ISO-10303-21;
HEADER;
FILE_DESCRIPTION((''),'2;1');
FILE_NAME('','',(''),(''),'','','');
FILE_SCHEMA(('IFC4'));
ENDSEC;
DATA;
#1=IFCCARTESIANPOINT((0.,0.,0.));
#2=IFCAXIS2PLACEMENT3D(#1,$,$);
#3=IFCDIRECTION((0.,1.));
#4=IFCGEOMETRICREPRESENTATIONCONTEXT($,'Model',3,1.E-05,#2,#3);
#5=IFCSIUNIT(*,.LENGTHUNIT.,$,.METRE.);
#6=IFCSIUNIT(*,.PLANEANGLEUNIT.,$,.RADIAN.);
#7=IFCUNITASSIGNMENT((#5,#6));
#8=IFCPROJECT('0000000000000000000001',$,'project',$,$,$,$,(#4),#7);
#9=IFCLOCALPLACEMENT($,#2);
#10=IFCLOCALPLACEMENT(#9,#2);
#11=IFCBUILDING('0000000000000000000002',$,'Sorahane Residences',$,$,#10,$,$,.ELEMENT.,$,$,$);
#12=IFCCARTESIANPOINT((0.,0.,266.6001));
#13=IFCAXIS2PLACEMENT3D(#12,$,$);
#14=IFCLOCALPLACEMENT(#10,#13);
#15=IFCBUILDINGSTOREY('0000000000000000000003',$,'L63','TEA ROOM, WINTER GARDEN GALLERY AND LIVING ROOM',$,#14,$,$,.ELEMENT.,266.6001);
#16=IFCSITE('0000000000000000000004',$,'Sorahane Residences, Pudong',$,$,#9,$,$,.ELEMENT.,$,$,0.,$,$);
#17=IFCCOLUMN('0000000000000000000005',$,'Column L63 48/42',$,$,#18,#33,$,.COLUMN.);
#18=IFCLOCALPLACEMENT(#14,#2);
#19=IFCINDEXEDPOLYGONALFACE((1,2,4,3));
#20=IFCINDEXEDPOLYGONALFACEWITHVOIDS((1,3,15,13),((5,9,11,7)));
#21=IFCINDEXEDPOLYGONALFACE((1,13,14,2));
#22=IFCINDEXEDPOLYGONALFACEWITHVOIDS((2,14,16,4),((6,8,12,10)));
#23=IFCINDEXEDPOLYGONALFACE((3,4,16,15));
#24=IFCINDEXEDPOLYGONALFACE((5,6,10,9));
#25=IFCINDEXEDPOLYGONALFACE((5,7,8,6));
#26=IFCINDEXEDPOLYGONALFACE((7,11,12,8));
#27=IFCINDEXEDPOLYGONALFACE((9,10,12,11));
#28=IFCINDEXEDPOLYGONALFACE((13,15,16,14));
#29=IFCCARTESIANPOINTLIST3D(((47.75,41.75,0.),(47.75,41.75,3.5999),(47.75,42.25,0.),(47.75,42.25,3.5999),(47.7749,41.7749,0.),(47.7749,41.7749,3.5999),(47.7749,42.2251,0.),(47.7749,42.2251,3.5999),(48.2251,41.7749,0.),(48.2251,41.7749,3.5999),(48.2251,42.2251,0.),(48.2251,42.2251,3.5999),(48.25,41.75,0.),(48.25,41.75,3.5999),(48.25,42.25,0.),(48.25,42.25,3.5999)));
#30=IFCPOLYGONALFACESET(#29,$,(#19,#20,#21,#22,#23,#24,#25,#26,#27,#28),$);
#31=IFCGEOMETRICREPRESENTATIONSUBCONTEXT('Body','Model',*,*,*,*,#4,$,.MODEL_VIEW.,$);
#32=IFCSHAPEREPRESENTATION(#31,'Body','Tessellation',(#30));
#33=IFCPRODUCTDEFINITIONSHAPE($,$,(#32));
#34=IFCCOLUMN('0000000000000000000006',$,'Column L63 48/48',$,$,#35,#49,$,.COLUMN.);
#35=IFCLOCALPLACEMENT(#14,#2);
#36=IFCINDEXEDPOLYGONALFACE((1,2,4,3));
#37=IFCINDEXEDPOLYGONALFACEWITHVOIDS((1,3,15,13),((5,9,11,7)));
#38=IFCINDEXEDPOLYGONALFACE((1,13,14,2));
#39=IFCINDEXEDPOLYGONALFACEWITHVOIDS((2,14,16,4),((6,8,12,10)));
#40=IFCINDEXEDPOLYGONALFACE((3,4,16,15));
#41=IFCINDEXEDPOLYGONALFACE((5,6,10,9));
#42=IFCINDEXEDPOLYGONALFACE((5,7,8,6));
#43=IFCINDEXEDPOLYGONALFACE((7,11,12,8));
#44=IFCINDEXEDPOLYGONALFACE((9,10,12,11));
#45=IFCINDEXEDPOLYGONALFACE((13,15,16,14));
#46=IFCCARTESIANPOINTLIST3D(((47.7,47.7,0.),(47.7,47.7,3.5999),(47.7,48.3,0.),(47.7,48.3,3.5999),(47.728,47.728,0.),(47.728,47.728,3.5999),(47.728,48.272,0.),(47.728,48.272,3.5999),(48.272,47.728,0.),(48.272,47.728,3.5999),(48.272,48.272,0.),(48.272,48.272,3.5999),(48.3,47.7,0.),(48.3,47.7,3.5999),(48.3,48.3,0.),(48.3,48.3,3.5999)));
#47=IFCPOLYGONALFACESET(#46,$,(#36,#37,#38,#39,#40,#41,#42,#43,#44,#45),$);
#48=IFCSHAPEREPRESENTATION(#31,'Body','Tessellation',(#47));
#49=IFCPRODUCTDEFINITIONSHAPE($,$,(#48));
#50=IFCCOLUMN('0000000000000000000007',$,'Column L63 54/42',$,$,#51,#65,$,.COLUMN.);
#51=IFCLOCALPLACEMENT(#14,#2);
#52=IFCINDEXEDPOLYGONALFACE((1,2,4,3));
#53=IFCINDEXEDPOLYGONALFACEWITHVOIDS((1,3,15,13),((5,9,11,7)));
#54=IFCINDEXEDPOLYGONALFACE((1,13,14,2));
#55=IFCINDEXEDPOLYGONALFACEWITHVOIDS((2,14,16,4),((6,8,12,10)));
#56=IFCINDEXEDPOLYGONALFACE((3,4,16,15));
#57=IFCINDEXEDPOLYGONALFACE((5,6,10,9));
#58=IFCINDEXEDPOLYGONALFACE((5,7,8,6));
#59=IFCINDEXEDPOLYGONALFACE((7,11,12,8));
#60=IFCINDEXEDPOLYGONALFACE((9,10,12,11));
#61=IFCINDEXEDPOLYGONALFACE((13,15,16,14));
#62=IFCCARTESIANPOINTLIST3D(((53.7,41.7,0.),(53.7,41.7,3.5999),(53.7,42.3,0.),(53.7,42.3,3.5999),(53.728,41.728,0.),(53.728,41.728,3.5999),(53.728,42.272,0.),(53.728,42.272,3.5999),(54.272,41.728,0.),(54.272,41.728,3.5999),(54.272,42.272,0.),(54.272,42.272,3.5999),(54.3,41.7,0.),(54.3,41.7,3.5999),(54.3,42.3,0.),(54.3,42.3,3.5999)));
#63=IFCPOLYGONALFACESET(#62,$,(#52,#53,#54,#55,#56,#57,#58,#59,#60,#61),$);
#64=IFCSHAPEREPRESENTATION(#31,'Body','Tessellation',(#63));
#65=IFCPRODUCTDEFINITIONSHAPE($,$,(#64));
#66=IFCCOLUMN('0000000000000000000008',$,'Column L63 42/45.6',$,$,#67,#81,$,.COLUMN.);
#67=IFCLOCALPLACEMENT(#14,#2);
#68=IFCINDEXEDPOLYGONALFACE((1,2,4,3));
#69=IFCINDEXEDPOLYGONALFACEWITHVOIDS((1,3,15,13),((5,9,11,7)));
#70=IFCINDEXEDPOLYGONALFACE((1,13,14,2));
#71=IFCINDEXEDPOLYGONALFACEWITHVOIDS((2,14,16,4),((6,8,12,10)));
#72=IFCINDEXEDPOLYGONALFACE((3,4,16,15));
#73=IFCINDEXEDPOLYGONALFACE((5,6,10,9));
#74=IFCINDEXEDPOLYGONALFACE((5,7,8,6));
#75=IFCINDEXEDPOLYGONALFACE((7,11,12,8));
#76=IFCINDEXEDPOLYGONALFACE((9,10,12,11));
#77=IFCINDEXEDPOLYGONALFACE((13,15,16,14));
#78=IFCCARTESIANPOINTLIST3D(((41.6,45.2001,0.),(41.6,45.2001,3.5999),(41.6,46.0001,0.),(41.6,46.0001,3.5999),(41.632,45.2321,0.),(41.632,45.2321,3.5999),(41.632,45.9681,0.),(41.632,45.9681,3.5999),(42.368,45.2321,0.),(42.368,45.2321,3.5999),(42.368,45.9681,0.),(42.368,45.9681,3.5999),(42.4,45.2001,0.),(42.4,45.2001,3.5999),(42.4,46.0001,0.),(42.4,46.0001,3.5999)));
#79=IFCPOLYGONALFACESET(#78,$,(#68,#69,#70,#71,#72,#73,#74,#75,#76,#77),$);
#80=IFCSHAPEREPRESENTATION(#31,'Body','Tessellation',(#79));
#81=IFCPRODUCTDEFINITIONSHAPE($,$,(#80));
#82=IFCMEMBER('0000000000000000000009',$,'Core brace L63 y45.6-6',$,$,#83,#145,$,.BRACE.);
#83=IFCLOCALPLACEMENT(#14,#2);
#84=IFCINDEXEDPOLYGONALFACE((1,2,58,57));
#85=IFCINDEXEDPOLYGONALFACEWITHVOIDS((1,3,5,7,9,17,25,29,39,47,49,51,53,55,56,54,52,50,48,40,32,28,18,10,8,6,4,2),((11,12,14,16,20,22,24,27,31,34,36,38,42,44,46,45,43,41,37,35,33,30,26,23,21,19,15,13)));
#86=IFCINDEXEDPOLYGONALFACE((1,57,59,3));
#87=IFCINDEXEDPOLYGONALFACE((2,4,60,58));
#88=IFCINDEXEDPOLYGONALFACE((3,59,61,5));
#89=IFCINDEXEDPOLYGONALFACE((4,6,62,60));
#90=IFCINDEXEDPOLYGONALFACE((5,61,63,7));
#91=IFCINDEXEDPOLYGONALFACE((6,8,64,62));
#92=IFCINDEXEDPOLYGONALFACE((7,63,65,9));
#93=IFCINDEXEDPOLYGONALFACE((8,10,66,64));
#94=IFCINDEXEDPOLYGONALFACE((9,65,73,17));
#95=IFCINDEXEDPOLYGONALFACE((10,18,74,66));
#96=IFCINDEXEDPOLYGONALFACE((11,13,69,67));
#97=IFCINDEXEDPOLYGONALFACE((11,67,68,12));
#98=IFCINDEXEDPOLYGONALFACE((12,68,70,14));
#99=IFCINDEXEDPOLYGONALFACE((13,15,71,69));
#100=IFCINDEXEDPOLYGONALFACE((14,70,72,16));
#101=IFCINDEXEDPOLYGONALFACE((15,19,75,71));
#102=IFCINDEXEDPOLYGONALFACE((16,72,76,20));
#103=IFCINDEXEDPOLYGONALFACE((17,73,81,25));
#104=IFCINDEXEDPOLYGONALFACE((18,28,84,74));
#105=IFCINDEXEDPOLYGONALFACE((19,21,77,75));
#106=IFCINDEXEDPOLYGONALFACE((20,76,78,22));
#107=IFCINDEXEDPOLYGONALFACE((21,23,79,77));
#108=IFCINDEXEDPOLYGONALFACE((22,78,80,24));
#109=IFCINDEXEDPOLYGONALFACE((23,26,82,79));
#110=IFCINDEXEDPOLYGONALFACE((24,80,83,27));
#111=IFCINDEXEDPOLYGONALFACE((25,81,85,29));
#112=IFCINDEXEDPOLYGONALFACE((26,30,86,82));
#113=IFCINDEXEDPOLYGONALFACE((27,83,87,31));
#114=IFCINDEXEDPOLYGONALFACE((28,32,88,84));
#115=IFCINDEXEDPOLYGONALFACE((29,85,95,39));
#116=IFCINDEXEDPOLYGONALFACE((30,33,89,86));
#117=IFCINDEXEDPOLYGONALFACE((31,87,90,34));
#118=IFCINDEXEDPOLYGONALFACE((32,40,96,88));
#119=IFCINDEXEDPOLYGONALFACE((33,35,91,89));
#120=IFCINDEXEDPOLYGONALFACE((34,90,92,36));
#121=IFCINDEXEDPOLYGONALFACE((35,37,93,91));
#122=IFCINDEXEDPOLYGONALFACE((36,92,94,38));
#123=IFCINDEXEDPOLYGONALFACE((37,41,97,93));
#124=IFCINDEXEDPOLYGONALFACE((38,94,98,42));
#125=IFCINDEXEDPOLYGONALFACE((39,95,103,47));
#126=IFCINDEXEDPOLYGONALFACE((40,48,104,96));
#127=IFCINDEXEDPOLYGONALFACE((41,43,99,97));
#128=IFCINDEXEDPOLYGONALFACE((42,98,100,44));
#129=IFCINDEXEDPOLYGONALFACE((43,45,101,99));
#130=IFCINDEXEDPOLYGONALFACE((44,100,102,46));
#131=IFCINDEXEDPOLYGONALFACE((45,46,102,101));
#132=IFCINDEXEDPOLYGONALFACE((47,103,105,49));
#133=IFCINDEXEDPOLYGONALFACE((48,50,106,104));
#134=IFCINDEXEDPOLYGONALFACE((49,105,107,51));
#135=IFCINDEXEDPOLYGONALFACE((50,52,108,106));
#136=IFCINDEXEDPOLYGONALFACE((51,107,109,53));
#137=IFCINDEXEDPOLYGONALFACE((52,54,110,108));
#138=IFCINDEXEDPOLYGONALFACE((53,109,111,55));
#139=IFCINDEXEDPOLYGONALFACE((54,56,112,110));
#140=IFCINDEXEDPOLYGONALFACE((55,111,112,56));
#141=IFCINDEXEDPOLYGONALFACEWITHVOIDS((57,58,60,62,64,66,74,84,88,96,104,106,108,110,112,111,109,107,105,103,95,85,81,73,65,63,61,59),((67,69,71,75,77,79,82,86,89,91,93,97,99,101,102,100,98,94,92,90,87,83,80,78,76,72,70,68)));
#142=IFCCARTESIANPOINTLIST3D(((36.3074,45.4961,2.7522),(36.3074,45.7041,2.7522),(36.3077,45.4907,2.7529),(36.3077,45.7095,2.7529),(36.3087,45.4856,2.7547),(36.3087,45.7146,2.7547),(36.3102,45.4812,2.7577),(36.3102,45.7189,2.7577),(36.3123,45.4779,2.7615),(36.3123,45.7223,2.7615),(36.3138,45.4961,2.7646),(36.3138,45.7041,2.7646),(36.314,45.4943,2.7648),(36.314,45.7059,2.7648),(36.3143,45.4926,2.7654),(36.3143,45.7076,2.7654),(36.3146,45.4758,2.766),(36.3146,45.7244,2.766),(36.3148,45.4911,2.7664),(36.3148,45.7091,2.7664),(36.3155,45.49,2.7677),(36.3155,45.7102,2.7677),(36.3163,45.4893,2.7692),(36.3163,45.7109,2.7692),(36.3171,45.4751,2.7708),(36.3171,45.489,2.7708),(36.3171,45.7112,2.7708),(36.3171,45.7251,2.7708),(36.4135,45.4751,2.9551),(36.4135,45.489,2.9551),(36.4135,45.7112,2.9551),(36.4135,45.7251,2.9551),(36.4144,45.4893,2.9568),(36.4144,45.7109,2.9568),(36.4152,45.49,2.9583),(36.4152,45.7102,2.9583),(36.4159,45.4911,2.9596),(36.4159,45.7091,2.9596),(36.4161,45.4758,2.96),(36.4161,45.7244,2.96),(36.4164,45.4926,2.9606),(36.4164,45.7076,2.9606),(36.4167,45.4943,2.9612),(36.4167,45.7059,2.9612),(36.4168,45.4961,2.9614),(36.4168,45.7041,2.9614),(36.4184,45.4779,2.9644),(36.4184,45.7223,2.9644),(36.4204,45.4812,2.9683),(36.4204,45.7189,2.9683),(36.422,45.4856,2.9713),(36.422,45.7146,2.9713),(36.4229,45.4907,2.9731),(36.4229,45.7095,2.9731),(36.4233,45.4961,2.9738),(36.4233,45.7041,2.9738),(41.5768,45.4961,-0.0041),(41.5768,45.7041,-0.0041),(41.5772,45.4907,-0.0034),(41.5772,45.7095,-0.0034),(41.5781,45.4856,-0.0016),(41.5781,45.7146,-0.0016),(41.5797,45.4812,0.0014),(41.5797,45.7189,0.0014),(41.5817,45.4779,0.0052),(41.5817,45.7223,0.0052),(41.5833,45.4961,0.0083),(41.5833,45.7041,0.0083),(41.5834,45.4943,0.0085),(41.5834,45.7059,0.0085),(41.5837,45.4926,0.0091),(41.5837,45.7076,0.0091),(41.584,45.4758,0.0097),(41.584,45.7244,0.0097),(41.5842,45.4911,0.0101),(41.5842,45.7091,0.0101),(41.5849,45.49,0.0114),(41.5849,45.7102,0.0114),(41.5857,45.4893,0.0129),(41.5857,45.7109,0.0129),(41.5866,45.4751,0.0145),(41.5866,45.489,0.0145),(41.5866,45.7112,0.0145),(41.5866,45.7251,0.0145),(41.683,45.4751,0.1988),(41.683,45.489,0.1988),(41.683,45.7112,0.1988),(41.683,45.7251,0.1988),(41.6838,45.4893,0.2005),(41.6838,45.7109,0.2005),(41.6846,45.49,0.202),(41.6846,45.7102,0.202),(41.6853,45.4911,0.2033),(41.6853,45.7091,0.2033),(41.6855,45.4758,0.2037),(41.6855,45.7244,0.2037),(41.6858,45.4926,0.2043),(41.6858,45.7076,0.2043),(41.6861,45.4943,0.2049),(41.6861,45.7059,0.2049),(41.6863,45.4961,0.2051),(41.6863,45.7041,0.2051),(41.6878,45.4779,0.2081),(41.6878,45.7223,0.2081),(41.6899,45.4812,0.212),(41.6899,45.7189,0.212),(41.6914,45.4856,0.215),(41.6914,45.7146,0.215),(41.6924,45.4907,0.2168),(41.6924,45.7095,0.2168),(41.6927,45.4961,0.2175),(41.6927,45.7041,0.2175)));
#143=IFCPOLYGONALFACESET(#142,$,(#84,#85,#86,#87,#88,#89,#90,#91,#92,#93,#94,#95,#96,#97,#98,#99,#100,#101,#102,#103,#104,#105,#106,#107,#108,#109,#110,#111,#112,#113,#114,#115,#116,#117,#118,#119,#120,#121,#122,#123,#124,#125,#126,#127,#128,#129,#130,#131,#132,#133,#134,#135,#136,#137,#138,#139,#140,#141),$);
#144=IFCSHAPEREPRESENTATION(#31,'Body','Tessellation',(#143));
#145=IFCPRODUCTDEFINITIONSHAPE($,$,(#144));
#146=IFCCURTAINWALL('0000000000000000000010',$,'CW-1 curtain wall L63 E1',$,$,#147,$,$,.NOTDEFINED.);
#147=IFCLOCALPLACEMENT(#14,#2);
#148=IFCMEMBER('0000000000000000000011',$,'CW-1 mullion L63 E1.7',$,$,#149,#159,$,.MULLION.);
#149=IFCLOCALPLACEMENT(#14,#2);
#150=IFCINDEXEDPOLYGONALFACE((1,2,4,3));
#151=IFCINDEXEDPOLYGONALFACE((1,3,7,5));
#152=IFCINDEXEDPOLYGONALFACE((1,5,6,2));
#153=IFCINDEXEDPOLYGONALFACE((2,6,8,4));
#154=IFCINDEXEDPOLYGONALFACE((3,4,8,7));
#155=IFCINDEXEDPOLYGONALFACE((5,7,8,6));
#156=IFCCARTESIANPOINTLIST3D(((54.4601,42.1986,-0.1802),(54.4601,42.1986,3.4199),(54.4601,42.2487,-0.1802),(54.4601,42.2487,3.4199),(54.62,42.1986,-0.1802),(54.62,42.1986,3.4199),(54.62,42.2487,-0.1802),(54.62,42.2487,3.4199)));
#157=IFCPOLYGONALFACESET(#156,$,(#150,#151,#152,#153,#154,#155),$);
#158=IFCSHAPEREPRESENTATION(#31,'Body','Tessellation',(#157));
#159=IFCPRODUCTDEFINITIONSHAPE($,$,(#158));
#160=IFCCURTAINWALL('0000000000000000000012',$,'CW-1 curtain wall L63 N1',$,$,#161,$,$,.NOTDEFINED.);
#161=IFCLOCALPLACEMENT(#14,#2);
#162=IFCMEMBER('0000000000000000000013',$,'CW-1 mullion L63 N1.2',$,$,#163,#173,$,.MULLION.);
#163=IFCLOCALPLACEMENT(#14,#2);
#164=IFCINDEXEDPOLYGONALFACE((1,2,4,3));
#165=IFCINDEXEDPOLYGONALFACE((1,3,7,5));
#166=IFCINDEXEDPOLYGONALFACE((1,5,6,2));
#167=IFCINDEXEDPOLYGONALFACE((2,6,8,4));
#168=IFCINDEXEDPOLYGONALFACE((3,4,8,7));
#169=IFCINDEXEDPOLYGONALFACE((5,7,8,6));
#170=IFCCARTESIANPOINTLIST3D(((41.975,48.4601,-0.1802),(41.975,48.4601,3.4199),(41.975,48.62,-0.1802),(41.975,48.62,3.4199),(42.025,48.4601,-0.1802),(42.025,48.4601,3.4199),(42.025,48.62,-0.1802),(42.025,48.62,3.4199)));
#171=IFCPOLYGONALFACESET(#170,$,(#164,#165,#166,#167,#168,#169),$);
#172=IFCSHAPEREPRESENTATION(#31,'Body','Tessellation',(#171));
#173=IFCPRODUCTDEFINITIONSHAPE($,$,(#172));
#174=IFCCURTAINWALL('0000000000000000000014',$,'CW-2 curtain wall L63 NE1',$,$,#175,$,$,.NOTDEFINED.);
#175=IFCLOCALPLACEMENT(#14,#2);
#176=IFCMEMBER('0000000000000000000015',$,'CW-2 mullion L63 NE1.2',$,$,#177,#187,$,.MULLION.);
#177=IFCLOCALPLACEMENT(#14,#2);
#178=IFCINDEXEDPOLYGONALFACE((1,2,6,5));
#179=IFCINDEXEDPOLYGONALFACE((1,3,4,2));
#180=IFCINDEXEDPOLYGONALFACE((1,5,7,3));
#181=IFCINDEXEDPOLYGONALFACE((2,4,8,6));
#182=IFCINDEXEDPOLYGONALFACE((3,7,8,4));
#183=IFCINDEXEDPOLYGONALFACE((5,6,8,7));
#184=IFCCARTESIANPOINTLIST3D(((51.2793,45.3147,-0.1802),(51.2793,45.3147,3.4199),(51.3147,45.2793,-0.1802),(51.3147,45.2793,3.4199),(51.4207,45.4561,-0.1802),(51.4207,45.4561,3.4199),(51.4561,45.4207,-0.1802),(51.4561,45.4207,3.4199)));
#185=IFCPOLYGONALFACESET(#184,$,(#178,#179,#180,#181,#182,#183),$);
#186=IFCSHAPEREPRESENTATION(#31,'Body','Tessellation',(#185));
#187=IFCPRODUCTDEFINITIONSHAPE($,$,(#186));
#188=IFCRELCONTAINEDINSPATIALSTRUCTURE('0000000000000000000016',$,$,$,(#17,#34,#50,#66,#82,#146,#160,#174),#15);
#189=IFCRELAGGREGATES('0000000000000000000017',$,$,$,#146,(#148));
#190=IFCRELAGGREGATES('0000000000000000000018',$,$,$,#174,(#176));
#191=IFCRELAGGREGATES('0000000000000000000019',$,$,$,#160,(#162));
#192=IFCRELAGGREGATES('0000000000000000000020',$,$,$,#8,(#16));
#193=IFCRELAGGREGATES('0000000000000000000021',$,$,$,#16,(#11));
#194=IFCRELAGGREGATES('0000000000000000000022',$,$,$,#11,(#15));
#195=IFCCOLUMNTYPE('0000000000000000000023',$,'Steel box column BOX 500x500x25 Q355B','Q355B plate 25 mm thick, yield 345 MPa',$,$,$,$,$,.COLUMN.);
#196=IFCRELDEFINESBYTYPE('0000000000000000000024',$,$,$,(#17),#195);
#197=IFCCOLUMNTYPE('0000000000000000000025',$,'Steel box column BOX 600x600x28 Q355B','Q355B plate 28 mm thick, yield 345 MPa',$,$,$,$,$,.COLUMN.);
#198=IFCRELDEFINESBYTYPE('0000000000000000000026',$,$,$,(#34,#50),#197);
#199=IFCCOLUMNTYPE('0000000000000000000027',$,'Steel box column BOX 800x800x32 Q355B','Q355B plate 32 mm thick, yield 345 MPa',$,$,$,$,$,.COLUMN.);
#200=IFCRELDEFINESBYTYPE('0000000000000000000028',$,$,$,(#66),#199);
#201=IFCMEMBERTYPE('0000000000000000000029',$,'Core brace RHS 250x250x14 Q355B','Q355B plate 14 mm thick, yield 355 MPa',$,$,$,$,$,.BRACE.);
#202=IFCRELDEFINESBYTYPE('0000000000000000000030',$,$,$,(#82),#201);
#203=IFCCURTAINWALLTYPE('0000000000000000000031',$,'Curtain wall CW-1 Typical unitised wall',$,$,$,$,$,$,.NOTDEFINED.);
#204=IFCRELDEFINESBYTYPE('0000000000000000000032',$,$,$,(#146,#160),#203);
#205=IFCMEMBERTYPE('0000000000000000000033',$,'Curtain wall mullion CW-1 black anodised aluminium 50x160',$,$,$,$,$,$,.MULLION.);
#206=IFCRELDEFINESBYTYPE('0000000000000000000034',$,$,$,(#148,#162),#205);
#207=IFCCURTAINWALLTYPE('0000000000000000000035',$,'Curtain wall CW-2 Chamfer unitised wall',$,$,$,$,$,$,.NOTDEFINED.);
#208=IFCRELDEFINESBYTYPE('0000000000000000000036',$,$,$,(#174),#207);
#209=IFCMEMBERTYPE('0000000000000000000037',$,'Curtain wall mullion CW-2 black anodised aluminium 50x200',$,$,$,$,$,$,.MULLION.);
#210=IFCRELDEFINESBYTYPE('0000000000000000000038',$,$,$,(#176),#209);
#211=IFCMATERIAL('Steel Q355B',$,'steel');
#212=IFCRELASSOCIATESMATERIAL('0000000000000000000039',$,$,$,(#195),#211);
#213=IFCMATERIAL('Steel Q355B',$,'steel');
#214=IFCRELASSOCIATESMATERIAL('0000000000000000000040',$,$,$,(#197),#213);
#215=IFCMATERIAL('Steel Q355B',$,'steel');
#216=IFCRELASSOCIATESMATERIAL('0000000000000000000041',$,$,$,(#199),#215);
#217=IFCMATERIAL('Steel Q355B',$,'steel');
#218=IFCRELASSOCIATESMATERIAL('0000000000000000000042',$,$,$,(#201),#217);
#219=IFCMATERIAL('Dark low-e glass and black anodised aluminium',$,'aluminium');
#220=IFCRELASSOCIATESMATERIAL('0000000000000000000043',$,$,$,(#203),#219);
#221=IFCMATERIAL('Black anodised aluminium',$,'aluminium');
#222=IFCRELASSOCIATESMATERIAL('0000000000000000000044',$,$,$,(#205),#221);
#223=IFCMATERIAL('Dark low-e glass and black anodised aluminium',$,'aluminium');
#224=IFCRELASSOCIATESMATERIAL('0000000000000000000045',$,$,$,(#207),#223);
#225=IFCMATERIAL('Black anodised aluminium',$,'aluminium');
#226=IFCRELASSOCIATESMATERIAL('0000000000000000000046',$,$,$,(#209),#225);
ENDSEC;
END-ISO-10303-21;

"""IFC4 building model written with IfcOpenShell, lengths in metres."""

from ifc_helpers import new_model, si_unit, direction, frame, origin, origin_2d, place, context, subcontext, project, spatial, rectangle, hollow_rectangle, extrude, material, material_profile, profile_set, type_object, element, aggregate, save


model = new_model("IFC4")

# Units and contexts
model_context = context("Model", 3, precision=1e-05, world=origin(), true_north=direction((0.0, 1.0)))
body_context = subcontext(model_context, "Body", "Model", "MODEL_VIEW")
ifc_project = project(units=[si_unit("LENGTHUNIT", "METRE"), si_unit("PLANEANGLEUNIT", "RADIAN")], contexts=[model_context])

# Site, building, storey
site_placement = place(None, origin())
site = spatial("IfcSite", under=ifc_project, at=site_placement, Name="Sorahane Residences, Pudong", CompositionType="ELEMENT", RefElevation=0.0)
building_placement = place(site_placement, origin())
building = spatial("IfcBuilding", under=site, at=building_placement, Name="Sorahane Residences", CompositionType="ELEMENT")
storey_placement = place(building_placement, frame((0.0, 0.0, 266.6001)))
storey = spatial("IfcBuildingStorey", under=building, at=storey_placement, Name="L63", Description="TEA ROOM, WINTER GARDEN GALLERY AND LIVING ROOM", CompositionType="ELEMENT", Elevation=266.6001)

# Columns
ifc_material_1 = material(Name="Steel Q355B", Category="steel")
ifc_material_profile_1 = material_profile(ifc_material_1, hollow_rectangle(XDim=0.5, YDim=0.5, WallThickness=0.0249, at=origin_2d()), Name="BOX 500x500x25")
ifc_profile_set_1 = profile_set([ifc_material_profile_1], Name="Steel Q355B")
column_type_1 = type_object("IfcColumnType", Name="Steel box column BOX 500x500x25 Q355B", Description="Q355B plate 25 mm thick, yield 345 MPa", PredefinedType="COLUMN", material=ifc_profile_set_1)
column_1_placement = place(storey_placement, frame((48.0, 42.0, 0.0), z_axis=(0.0, 0.0, 1.0), x_axis=(1.0, 0.0, 0.0)))
element("IfcColumn", 1, at=column_1_placement, inside=storey, type_object=column_type_1, Name="Column L63 48/42", PredefinedType="COLUMN", context=body_context, shape_type="SweptSolid", body=[
    extrude(hollow_rectangle(XDim=0.5, YDim=0.5, WallThickness=0.0249, at=origin_2d()), origin(), (0.0, 0.0, 1.0), 3.5999),
])
ifc_material_2 = material(Name="Steel Q355B", Category="steel")
ifc_material_profile_2 = material_profile(ifc_material_2, hollow_rectangle(XDim=0.6001, YDim=0.6001, WallThickness=0.0281, at=origin_2d()), Name="BOX 600x600x28")
ifc_profile_set_2 = profile_set([ifc_material_profile_2], Name="Steel Q355B")
column_type_2 = type_object("IfcColumnType", Name="Steel box column BOX 600x600x28 Q355B", Description="Q355B plate 28 mm thick, yield 345 MPa", PredefinedType="COLUMN", material=ifc_profile_set_2)
for number, where, z_axis, x_axis, name in (
    (2, (48.0, 48.0, 0.0), (0.0, 0.0, 1.0), (1.0, 0.0, 0.0), "Column L63 48/48"),
    (3, (54.0, 42.0, 0.0), (0.0, 0.0, 1.0), (1.0, 0.0, 0.0), "Column L63 54/42"),
):
    element("IfcColumn", number, at=place(storey_placement, frame(where, z_axis=z_axis, x_axis=x_axis)), inside=storey, type_object=column_type_2, Name=name, PredefinedType="COLUMN", context=body_context, shape_type="SweptSolid", body=[
        extrude(hollow_rectangle(XDim=0.6001, YDim=0.6001, WallThickness=0.0281, at=origin_2d()), origin(), (0.0, 0.0, 1.0), 3.5999),
    ])
ifc_material_3 = material(Name="Steel Q355B", Category="steel")
ifc_material_profile_3 = material_profile(ifc_material_3, hollow_rectangle(XDim=0.8, YDim=0.8, WallThickness=0.032, at=origin_2d()), Name="BOX 800x800x32")
ifc_profile_set_3 = profile_set([ifc_material_profile_3], Name="Steel Q355B")
column_type_3 = type_object("IfcColumnType", Name="Steel box column BOX 800x800x32 Q355B", Description="Q355B plate 32 mm thick, yield 345 MPa", PredefinedType="COLUMN", material=ifc_profile_set_3)
column_2_placement = place(storey_placement, frame((42.0, 45.6001, 0.0), z_axis=(0.0, 0.0, 1.0), x_axis=(1.0, 0.0, 0.0)))
element("IfcColumn", 4, at=column_2_placement, inside=storey, type_object=column_type_3, Name="Column L63 42/45.6", PredefinedType="COLUMN", context=body_context, shape_type="SweptSolid", body=[
    extrude(hollow_rectangle(XDim=0.8, YDim=0.8, WallThickness=0.032, at=origin_2d()), origin(), (0.0, 0.0, 1.0), 3.5999),
])

# Member
ifc_material_4 = material(Name="Steel Q355B", Category="steel")
ifc_material_profile_4 = material_profile(ifc_material_4, hollow_rectangle(XDim=0.25, YDim=0.25, WallThickness=0.0139, InnerFilletRadius=0.0071, OuterFilletRadius=0.021, at=origin_2d()), Name="RHS 250x250x14")
ifc_profile_set_4 = profile_set([ifc_material_profile_4], Name="Steel Q355B")
member_type_1 = type_object("IfcMemberType", Name="Core brace RHS 250x250x14 Q355B", Description="Q355B plate 14 mm thick, yield 355 MPa", PredefinedType="BRACE", material=ifc_profile_set_4)
member_1_placement = place(storey_placement, frame((41.6348, 45.6001, 0.1067), z_axis=(-0.8861, 0.0, 0.463495), x_axis=(0.0, -1.0, 0.0)))
element("IfcMember", 5, at=member_1_placement, inside=storey, type_object=member_type_1, Name="Core brace L63 y45.6-6", PredefinedType="BRACE", context=body_context, shape_type="SweptSolid", body=[
    extrude(hollow_rectangle(XDim=0.25, YDim=0.25, WallThickness=0.0139, InnerFilletRadius=0.0071, OuterFilletRadius=0.021, at=origin_2d()), origin(), (0.0, 0.0, 1.0), 5.9468),
])

# Curtain walls, members
ifc_material_5 = material(Name="Dark low-e glass and black anodised aluminium", Category="aluminium")
curtain_wall_type_1 = type_object("IfcCurtainWallType", Name="Curtain wall CW-1 Typical unitised wall", PredefinedType="NOTDEFINED", material=ifc_material_5)
curtain_wall_1_placement = place(storey_placement, origin())
curtain_wall_1 = element("IfcCurtainWall", 6, at=curtain_wall_1_placement, inside=storey, type_object=curtain_wall_type_1, Name="CW-1 curtain wall L63 E1", PredefinedType="NOTDEFINED")
ifc_material_6 = material(Name="Black anodised aluminium", Category="aluminium")
ifc_material_profile_5 = material_profile(ifc_material_6, rectangle(XDim=0.1599, YDim=0.05, at=origin_2d()), Name="Curtain wall mullion CW-1 black anodised aluminium 50x160")
ifc_profile_set_5 = profile_set([ifc_material_profile_5], Name="Black anodised aluminium")
member_type_2 = type_object("IfcMemberType", Name="Curtain wall mullion CW-1 black anodised aluminium 50x160", PredefinedType="MULLION", material=ifc_profile_set_5)
member_2_placement = place(storey_placement, frame((54.54, 42.2236, -0.1802), z_axis=(0.0, 0.0, 1.0), x_axis=(1.0, 0.0, 0.0)))
member_2 = element("IfcMember", 7, at=member_2_placement, type_object=member_type_2, Name="CW-1 mullion L63 E1.7", PredefinedType="MULLION", context=body_context, shape_type="SweptSolid", body=[
    extrude(rectangle(XDim=0.1599, YDim=0.05, at=origin_2d()), origin(), (0.0, 0.0, 1.0), 3.6001),
])
curtain_wall_2_placement = place(storey_placement, origin())
curtain_wall_2 = element("IfcCurtainWall", 8, at=curtain_wall_2_placement, inside=storey, type_object=curtain_wall_type_1, Name="CW-1 curtain wall L63 N1", PredefinedType="NOTDEFINED")
member_3_placement = place(storey_placement, frame((42.0, 48.54, -0.1802), z_axis=(0.0, 0.0, 1.0), x_axis=(0.0, 1.0, 0.0)))
member_3 = element("IfcMember", 9, at=member_3_placement, type_object=member_type_2, Name="CW-1 mullion L63 N1.2", PredefinedType="MULLION", context=body_context, shape_type="SweptSolid", body=[
    extrude(rectangle(XDim=0.1599, YDim=0.05, at=origin_2d()), origin(), (0.0, 0.0, 1.0), 3.6001),
])

# Curtain wall, member
ifc_material_7 = material(Name="Dark low-e glass and black anodised aluminium", Category="aluminium")
curtain_wall_type_2 = type_object("IfcCurtainWallType", Name="Curtain wall CW-2 Chamfer unitised wall", PredefinedType="NOTDEFINED", material=ifc_material_7)
curtain_wall_3_placement = place(storey_placement, origin())
curtain_wall_3 = element("IfcCurtainWall", 10, at=curtain_wall_3_placement, inside=storey, type_object=curtain_wall_type_2, Name="CW-2 curtain wall L63 NE1", PredefinedType="NOTDEFINED")
ifc_material_8 = material(Name="Black anodised aluminium", Category="aluminium")
ifc_material_profile_6 = material_profile(ifc_material_8, rectangle(XDim=0.2, YDim=0.05, at=origin_2d()), Name="Curtain wall mullion CW-2 black anodised aluminium 50x200")
ifc_profile_set_6 = profile_set([ifc_material_profile_6], Name="Black anodised aluminium")
member_type_3 = type_object("IfcMemberType", Name="Curtain wall mullion CW-2 black anodised aluminium 50x200", PredefinedType="MULLION", material=ifc_profile_set_6)
member_4_placement = place(storey_placement, frame((51.3677, 45.3677, -0.1802), z_axis=(0.0, 0.0, 1.0), x_axis=(0.707107, 0.707107, 0.0)))
member_4 = element("IfcMember", 11, at=member_4_placement, type_object=member_type_3, Name="CW-2 mullion L63 NE1.2", PredefinedType="MULLION", context=body_context, shape_type="SweptSolid", body=[
    extrude(rectangle(XDim=0.2, YDim=0.05, at=origin_2d()), origin(), (0.0, 0.0, 1.0), 3.6001),
])

aggregate(curtain_wall_1, [member_2])
aggregate(curtain_wall_3, [member_4])
aggregate(curtain_wall_2, [member_3])

save(model, "model.ifc")
